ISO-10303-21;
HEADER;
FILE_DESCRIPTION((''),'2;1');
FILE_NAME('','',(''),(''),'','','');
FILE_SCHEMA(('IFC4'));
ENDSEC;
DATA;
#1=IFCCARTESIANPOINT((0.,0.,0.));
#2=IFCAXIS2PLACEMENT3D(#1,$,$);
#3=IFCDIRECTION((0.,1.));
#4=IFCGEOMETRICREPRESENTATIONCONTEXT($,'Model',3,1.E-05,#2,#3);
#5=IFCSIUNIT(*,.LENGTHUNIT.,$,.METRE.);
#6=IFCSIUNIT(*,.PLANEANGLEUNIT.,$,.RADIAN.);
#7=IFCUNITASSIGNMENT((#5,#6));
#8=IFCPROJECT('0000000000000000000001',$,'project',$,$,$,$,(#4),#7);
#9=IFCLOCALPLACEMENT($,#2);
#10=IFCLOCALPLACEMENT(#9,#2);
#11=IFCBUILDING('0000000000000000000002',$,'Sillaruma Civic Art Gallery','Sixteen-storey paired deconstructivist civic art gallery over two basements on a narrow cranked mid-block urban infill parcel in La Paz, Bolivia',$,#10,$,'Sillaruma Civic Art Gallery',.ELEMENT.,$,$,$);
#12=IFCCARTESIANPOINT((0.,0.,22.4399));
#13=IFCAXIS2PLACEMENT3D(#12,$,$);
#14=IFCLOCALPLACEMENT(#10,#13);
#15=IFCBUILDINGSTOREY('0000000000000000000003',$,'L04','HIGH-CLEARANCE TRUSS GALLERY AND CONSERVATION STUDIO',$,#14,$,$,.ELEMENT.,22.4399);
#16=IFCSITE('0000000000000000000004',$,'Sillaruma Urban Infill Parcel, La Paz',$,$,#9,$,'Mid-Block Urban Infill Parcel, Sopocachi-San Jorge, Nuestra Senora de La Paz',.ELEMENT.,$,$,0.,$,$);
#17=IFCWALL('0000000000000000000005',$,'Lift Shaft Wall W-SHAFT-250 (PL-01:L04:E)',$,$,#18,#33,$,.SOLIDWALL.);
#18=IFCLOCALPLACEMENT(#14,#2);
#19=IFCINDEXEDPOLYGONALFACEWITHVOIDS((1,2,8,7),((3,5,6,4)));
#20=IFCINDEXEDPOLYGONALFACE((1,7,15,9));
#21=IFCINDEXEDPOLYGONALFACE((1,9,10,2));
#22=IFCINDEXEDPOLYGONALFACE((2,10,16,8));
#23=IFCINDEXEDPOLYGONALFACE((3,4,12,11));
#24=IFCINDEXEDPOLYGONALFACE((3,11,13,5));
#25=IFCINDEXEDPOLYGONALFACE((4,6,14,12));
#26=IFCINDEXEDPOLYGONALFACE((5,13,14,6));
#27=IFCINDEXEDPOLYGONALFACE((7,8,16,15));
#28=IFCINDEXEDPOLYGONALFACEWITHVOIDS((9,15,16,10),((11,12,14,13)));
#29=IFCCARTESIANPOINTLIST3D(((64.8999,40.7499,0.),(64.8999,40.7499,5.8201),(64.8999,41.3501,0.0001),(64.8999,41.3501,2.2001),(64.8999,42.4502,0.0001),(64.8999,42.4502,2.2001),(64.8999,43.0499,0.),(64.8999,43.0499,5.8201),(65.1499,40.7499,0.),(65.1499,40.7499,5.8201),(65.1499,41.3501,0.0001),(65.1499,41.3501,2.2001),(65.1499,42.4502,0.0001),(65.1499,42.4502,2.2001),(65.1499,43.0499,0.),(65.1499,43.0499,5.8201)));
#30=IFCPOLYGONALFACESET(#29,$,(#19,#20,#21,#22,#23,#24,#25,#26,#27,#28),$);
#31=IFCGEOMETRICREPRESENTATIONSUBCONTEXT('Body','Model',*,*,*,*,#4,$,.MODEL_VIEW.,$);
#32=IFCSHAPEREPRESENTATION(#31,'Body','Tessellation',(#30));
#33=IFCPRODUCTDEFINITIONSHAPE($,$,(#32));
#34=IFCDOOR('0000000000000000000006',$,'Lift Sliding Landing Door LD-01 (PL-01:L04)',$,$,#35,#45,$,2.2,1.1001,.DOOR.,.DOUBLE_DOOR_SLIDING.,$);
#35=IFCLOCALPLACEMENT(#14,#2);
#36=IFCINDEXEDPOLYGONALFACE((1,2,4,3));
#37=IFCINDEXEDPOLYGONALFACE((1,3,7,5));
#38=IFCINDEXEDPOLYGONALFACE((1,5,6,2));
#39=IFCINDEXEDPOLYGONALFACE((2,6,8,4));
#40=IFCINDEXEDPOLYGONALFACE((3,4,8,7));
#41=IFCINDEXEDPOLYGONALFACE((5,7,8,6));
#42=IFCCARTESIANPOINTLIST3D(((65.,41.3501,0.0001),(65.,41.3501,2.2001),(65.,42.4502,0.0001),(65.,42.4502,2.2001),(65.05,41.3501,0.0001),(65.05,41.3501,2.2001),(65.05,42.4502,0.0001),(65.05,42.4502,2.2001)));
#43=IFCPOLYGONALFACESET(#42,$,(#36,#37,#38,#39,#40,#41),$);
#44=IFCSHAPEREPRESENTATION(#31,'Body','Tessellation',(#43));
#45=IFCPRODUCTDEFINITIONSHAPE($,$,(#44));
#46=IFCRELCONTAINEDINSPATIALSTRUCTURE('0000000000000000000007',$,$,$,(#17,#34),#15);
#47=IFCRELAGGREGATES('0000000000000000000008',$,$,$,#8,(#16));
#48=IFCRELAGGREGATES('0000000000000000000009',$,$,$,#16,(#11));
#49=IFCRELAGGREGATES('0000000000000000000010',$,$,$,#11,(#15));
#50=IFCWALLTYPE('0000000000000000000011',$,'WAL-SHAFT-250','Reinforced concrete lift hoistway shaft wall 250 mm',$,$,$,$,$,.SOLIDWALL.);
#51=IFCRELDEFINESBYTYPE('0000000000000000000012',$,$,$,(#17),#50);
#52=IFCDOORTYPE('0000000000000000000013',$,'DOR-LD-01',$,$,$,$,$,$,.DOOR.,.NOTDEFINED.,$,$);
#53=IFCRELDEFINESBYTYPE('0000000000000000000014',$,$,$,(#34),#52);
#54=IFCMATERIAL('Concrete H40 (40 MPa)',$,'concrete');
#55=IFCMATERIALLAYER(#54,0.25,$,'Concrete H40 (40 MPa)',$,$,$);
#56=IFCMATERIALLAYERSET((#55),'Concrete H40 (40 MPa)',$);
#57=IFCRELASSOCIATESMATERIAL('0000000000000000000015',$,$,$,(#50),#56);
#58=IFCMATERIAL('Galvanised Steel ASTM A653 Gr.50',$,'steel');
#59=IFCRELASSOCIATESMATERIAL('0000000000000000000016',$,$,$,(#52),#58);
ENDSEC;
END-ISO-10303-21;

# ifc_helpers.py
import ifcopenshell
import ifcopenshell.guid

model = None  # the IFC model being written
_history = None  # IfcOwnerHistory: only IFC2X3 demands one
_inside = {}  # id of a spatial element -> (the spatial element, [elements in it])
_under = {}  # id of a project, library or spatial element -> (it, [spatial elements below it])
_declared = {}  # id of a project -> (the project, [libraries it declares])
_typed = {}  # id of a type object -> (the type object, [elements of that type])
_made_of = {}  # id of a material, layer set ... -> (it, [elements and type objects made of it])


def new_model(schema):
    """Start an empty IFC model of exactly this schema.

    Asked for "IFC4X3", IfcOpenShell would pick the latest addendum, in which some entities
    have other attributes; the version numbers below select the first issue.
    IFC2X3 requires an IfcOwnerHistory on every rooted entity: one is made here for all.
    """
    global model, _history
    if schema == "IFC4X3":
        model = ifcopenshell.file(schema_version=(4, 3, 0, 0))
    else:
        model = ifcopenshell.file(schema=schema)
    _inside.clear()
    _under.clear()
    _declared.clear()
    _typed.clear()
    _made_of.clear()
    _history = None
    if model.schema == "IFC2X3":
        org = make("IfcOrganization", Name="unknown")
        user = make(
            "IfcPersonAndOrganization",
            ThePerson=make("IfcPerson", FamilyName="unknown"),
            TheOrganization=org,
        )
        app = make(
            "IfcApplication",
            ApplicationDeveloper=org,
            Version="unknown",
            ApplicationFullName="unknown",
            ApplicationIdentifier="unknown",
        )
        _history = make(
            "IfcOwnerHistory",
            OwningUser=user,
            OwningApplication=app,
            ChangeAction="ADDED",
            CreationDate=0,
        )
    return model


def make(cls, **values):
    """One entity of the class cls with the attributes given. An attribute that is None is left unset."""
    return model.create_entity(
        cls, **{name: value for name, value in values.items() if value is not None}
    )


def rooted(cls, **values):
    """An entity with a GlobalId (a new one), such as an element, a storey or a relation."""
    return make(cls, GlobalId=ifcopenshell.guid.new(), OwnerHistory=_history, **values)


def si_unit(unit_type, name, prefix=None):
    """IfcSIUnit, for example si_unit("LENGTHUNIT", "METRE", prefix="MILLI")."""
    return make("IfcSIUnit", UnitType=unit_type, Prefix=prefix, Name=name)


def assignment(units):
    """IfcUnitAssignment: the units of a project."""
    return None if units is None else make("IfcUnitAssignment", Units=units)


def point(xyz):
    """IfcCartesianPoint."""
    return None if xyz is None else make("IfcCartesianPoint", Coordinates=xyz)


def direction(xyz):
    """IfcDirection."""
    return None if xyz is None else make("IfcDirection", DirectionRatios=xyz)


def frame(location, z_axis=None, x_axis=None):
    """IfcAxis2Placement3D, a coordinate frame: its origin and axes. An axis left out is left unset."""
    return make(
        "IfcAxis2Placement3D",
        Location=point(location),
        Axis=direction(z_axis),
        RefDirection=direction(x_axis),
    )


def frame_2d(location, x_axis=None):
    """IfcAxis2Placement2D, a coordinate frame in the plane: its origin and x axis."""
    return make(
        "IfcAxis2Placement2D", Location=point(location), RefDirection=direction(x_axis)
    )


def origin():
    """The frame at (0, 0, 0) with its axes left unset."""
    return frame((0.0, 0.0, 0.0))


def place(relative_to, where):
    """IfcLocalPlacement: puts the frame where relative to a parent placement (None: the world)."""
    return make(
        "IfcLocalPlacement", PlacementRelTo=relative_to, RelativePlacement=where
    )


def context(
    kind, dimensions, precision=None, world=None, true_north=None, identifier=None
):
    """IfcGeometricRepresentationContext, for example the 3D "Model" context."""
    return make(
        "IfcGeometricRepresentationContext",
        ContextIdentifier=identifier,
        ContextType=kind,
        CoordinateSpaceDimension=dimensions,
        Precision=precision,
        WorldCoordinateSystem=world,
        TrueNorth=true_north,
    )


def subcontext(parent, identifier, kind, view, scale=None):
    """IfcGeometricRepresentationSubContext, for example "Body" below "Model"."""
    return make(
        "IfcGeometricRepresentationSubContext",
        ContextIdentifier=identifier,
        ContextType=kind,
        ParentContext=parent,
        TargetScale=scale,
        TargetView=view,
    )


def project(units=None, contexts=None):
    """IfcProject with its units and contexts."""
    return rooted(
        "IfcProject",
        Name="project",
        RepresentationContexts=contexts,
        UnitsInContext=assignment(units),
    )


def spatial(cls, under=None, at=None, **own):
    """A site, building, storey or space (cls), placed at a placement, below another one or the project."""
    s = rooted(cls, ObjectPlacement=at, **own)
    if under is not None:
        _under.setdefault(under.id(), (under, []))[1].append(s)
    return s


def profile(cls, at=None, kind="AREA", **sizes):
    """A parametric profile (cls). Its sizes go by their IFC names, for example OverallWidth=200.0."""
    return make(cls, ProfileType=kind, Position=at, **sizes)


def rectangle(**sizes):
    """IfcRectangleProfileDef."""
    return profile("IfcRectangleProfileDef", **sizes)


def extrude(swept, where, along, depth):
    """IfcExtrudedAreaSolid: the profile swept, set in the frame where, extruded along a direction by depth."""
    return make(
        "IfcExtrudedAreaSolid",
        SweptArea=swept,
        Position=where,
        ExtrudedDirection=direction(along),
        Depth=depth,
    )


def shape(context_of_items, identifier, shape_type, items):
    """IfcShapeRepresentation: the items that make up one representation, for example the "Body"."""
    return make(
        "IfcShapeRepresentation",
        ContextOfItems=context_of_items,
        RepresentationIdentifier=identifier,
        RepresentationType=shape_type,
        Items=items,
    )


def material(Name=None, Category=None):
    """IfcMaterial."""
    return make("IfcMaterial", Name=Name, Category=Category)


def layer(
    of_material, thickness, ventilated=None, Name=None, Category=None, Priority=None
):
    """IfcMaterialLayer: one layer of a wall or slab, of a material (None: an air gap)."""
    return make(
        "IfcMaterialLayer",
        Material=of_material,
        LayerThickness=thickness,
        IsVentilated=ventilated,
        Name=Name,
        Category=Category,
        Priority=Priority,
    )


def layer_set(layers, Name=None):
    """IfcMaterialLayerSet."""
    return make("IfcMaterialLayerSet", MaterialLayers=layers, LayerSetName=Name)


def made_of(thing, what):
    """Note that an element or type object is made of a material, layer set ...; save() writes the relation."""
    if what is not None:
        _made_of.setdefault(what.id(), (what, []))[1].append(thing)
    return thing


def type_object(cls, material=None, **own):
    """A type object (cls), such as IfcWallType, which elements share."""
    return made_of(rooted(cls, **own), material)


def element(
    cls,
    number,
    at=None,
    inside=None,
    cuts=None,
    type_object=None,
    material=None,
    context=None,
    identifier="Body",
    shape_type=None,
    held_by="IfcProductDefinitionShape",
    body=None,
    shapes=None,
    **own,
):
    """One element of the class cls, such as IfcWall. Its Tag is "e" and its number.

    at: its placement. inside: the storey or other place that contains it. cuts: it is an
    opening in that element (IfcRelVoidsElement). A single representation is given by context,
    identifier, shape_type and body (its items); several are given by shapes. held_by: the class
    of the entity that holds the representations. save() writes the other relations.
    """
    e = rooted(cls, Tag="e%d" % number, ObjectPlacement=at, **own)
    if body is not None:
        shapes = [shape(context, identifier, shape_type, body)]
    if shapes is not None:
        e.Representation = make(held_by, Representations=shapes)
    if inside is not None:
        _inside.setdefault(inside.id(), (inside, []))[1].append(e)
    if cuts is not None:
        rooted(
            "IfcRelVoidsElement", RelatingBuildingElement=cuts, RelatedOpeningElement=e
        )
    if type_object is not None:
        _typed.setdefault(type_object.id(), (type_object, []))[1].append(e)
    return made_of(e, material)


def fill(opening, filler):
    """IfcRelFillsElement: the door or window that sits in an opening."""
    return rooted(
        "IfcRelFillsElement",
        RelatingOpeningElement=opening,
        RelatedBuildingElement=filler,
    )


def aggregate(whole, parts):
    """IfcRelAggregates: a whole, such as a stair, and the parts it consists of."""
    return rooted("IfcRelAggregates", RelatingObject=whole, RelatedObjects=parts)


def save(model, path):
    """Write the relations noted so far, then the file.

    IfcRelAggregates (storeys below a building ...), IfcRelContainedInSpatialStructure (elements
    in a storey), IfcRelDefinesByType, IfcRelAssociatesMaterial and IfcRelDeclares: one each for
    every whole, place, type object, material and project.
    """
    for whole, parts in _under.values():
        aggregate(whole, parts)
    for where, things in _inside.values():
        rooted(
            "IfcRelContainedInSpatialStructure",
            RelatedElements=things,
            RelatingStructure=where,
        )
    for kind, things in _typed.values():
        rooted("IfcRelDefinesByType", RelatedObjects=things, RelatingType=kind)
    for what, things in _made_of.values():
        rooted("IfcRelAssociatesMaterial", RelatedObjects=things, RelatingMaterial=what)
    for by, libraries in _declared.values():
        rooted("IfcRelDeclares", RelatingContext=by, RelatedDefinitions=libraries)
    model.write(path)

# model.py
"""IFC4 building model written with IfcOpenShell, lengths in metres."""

from ifc_helpers import new_model, si_unit, direction, frame, frame_2d, origin, place, context, subcontext, project, spatial, rectangle, extrude, material, layer, layer_set, type_object, element, fill, save


model = new_model("IFC4")

# Units and contexts
model_context = context("Model", 3, precision=1e-05, world=origin(), true_north=direction((0.0, 1.0)))
body_context = subcontext(model_context, "Body", "Model", "MODEL_VIEW")
ifc_project = project(units=[si_unit("LENGTHUNIT", "METRE"), si_unit("PLANEANGLEUNIT", "RADIAN")], contexts=[model_context])

# Site, building, storey
site_placement = place(None, origin())
site = spatial("IfcSite", under=ifc_project, at=site_placement, Name="Sillaruma Urban Infill Parcel, La Paz", LongName="Mid-Block Urban Infill Parcel, Sopocachi-San Jorge, Nuestra Senora de La Paz", CompositionType="ELEMENT", RefElevation=0.0)
building_placement = place(site_placement, origin())
building = spatial("IfcBuilding", under=site, at=building_placement, Name="Sillaruma Civic Art Gallery", Description="Sixteen-storey paired deconstructivist civic art gallery over two basements on a narrow cranked mid-block urban infill parcel in La Paz, Bolivia", LongName="Sillaruma Civic Art Gallery", CompositionType="ELEMENT")
storey_placement = place(building_placement, frame((0.0, 0.0, 22.4399)))
storey = spatial("IfcBuildingStorey", under=building, at=storey_placement, Name="L04", Description="HIGH-CLEARANCE TRUSS GALLERY AND CONSERVATION STUDIO", CompositionType="ELEMENT", Elevation=22.4399)

# Shared definitions
ifc_material_1 = material(Name="Concrete H40 (40 MPa)", Category="concrete")

# Shared definitions
ifc_layer_1 = layer(ifc_material_1, 0.25, Name="Concrete H40 (40 MPa)")
ifc_layer_set_1 = layer_set([ifc_layer_1], Name="Concrete H40 (40 MPa)")
wall_type_1 = type_object("IfcWallType", Name="WAL-SHAFT-250", Description="Reinforced concrete lift hoistway shaft wall 250 mm", PredefinedType="SOLIDWALL", material=ifc_layer_set_1)

# Wall, opening, door
wall_1_placement = place(storey_placement, frame((65.0249, 40.75, 0.0), z_axis=(0.0, 0.0, 1.0), x_axis=(0.0, 1.0, 0.0)))
wall_1 = element("IfcWall", 1, at=wall_1_placement, inside=storey, type_object=wall_type_1, Name="Lift Shaft Wall W-SHAFT-250 (PL-01:L04:E)", PredefinedType="SOLIDWALL", context=body_context, shape_type="SweptSolid", body=[
    extrude(rectangle(XDim=2.3, YDim=0.25, at=frame_2d((1.1499, 0.0))), origin(), (0.0, 0.0, 1.0), 5.8201),
])
opening_1_placement = place(wall_1_placement, frame((0.6001, 0.0, 0.0)))
opening_1 = element("IfcOpeningElement", 2, at=opening_1_placement, cuts=wall_1, PredefinedType="OPENING", context=body_context, shape_type="SweptSolid", body=[
    extrude(rectangle(XDim=1.1001, YDim=2.2, at=frame_2d((0.55, 1.1001))), frame((0.0, 0.135, 0.0), z_axis=(0.0, -1.0, 0.0), x_axis=(1.0, 0.0, 0.0)), (0.0, 0.0, 1.0), 0.27),
])
ifc_material_2 = material(Name="Galvanised Steel ASTM A653 Gr.50", Category="steel")
door_type_1 = type_object("IfcDoorType", Name="DOR-LD-01", OperationType="NOTDEFINED", PredefinedType="DOOR", material=ifc_material_2)
door_1_placement = place(opening_1_placement, origin())
door_1 = element("IfcDoor", 3, at=door_1_placement, inside=storey, type_object=door_type_1, Name="Lift Sliding Landing Door LD-01 (PL-01:L04)", OperationType="DOUBLE_DOOR_SLIDING", OverallHeight=2.2, OverallWidth=1.1001, PredefinedType="DOOR", context=body_context, shape_type="SweptSolid", body=[
    extrude(rectangle(XDim=1.1001, YDim=2.2, at=frame_2d((0.55, 1.1001))), frame((0.0, 0.0249, 0.0), z_axis=(0.0, -1.0, 0.0), x_axis=(1.0, 0.0, 0.0)), (0.0, 0.0, 1.0), 0.05),
])
fill(opening_1, door_1)

save(model, "model.ifc")
